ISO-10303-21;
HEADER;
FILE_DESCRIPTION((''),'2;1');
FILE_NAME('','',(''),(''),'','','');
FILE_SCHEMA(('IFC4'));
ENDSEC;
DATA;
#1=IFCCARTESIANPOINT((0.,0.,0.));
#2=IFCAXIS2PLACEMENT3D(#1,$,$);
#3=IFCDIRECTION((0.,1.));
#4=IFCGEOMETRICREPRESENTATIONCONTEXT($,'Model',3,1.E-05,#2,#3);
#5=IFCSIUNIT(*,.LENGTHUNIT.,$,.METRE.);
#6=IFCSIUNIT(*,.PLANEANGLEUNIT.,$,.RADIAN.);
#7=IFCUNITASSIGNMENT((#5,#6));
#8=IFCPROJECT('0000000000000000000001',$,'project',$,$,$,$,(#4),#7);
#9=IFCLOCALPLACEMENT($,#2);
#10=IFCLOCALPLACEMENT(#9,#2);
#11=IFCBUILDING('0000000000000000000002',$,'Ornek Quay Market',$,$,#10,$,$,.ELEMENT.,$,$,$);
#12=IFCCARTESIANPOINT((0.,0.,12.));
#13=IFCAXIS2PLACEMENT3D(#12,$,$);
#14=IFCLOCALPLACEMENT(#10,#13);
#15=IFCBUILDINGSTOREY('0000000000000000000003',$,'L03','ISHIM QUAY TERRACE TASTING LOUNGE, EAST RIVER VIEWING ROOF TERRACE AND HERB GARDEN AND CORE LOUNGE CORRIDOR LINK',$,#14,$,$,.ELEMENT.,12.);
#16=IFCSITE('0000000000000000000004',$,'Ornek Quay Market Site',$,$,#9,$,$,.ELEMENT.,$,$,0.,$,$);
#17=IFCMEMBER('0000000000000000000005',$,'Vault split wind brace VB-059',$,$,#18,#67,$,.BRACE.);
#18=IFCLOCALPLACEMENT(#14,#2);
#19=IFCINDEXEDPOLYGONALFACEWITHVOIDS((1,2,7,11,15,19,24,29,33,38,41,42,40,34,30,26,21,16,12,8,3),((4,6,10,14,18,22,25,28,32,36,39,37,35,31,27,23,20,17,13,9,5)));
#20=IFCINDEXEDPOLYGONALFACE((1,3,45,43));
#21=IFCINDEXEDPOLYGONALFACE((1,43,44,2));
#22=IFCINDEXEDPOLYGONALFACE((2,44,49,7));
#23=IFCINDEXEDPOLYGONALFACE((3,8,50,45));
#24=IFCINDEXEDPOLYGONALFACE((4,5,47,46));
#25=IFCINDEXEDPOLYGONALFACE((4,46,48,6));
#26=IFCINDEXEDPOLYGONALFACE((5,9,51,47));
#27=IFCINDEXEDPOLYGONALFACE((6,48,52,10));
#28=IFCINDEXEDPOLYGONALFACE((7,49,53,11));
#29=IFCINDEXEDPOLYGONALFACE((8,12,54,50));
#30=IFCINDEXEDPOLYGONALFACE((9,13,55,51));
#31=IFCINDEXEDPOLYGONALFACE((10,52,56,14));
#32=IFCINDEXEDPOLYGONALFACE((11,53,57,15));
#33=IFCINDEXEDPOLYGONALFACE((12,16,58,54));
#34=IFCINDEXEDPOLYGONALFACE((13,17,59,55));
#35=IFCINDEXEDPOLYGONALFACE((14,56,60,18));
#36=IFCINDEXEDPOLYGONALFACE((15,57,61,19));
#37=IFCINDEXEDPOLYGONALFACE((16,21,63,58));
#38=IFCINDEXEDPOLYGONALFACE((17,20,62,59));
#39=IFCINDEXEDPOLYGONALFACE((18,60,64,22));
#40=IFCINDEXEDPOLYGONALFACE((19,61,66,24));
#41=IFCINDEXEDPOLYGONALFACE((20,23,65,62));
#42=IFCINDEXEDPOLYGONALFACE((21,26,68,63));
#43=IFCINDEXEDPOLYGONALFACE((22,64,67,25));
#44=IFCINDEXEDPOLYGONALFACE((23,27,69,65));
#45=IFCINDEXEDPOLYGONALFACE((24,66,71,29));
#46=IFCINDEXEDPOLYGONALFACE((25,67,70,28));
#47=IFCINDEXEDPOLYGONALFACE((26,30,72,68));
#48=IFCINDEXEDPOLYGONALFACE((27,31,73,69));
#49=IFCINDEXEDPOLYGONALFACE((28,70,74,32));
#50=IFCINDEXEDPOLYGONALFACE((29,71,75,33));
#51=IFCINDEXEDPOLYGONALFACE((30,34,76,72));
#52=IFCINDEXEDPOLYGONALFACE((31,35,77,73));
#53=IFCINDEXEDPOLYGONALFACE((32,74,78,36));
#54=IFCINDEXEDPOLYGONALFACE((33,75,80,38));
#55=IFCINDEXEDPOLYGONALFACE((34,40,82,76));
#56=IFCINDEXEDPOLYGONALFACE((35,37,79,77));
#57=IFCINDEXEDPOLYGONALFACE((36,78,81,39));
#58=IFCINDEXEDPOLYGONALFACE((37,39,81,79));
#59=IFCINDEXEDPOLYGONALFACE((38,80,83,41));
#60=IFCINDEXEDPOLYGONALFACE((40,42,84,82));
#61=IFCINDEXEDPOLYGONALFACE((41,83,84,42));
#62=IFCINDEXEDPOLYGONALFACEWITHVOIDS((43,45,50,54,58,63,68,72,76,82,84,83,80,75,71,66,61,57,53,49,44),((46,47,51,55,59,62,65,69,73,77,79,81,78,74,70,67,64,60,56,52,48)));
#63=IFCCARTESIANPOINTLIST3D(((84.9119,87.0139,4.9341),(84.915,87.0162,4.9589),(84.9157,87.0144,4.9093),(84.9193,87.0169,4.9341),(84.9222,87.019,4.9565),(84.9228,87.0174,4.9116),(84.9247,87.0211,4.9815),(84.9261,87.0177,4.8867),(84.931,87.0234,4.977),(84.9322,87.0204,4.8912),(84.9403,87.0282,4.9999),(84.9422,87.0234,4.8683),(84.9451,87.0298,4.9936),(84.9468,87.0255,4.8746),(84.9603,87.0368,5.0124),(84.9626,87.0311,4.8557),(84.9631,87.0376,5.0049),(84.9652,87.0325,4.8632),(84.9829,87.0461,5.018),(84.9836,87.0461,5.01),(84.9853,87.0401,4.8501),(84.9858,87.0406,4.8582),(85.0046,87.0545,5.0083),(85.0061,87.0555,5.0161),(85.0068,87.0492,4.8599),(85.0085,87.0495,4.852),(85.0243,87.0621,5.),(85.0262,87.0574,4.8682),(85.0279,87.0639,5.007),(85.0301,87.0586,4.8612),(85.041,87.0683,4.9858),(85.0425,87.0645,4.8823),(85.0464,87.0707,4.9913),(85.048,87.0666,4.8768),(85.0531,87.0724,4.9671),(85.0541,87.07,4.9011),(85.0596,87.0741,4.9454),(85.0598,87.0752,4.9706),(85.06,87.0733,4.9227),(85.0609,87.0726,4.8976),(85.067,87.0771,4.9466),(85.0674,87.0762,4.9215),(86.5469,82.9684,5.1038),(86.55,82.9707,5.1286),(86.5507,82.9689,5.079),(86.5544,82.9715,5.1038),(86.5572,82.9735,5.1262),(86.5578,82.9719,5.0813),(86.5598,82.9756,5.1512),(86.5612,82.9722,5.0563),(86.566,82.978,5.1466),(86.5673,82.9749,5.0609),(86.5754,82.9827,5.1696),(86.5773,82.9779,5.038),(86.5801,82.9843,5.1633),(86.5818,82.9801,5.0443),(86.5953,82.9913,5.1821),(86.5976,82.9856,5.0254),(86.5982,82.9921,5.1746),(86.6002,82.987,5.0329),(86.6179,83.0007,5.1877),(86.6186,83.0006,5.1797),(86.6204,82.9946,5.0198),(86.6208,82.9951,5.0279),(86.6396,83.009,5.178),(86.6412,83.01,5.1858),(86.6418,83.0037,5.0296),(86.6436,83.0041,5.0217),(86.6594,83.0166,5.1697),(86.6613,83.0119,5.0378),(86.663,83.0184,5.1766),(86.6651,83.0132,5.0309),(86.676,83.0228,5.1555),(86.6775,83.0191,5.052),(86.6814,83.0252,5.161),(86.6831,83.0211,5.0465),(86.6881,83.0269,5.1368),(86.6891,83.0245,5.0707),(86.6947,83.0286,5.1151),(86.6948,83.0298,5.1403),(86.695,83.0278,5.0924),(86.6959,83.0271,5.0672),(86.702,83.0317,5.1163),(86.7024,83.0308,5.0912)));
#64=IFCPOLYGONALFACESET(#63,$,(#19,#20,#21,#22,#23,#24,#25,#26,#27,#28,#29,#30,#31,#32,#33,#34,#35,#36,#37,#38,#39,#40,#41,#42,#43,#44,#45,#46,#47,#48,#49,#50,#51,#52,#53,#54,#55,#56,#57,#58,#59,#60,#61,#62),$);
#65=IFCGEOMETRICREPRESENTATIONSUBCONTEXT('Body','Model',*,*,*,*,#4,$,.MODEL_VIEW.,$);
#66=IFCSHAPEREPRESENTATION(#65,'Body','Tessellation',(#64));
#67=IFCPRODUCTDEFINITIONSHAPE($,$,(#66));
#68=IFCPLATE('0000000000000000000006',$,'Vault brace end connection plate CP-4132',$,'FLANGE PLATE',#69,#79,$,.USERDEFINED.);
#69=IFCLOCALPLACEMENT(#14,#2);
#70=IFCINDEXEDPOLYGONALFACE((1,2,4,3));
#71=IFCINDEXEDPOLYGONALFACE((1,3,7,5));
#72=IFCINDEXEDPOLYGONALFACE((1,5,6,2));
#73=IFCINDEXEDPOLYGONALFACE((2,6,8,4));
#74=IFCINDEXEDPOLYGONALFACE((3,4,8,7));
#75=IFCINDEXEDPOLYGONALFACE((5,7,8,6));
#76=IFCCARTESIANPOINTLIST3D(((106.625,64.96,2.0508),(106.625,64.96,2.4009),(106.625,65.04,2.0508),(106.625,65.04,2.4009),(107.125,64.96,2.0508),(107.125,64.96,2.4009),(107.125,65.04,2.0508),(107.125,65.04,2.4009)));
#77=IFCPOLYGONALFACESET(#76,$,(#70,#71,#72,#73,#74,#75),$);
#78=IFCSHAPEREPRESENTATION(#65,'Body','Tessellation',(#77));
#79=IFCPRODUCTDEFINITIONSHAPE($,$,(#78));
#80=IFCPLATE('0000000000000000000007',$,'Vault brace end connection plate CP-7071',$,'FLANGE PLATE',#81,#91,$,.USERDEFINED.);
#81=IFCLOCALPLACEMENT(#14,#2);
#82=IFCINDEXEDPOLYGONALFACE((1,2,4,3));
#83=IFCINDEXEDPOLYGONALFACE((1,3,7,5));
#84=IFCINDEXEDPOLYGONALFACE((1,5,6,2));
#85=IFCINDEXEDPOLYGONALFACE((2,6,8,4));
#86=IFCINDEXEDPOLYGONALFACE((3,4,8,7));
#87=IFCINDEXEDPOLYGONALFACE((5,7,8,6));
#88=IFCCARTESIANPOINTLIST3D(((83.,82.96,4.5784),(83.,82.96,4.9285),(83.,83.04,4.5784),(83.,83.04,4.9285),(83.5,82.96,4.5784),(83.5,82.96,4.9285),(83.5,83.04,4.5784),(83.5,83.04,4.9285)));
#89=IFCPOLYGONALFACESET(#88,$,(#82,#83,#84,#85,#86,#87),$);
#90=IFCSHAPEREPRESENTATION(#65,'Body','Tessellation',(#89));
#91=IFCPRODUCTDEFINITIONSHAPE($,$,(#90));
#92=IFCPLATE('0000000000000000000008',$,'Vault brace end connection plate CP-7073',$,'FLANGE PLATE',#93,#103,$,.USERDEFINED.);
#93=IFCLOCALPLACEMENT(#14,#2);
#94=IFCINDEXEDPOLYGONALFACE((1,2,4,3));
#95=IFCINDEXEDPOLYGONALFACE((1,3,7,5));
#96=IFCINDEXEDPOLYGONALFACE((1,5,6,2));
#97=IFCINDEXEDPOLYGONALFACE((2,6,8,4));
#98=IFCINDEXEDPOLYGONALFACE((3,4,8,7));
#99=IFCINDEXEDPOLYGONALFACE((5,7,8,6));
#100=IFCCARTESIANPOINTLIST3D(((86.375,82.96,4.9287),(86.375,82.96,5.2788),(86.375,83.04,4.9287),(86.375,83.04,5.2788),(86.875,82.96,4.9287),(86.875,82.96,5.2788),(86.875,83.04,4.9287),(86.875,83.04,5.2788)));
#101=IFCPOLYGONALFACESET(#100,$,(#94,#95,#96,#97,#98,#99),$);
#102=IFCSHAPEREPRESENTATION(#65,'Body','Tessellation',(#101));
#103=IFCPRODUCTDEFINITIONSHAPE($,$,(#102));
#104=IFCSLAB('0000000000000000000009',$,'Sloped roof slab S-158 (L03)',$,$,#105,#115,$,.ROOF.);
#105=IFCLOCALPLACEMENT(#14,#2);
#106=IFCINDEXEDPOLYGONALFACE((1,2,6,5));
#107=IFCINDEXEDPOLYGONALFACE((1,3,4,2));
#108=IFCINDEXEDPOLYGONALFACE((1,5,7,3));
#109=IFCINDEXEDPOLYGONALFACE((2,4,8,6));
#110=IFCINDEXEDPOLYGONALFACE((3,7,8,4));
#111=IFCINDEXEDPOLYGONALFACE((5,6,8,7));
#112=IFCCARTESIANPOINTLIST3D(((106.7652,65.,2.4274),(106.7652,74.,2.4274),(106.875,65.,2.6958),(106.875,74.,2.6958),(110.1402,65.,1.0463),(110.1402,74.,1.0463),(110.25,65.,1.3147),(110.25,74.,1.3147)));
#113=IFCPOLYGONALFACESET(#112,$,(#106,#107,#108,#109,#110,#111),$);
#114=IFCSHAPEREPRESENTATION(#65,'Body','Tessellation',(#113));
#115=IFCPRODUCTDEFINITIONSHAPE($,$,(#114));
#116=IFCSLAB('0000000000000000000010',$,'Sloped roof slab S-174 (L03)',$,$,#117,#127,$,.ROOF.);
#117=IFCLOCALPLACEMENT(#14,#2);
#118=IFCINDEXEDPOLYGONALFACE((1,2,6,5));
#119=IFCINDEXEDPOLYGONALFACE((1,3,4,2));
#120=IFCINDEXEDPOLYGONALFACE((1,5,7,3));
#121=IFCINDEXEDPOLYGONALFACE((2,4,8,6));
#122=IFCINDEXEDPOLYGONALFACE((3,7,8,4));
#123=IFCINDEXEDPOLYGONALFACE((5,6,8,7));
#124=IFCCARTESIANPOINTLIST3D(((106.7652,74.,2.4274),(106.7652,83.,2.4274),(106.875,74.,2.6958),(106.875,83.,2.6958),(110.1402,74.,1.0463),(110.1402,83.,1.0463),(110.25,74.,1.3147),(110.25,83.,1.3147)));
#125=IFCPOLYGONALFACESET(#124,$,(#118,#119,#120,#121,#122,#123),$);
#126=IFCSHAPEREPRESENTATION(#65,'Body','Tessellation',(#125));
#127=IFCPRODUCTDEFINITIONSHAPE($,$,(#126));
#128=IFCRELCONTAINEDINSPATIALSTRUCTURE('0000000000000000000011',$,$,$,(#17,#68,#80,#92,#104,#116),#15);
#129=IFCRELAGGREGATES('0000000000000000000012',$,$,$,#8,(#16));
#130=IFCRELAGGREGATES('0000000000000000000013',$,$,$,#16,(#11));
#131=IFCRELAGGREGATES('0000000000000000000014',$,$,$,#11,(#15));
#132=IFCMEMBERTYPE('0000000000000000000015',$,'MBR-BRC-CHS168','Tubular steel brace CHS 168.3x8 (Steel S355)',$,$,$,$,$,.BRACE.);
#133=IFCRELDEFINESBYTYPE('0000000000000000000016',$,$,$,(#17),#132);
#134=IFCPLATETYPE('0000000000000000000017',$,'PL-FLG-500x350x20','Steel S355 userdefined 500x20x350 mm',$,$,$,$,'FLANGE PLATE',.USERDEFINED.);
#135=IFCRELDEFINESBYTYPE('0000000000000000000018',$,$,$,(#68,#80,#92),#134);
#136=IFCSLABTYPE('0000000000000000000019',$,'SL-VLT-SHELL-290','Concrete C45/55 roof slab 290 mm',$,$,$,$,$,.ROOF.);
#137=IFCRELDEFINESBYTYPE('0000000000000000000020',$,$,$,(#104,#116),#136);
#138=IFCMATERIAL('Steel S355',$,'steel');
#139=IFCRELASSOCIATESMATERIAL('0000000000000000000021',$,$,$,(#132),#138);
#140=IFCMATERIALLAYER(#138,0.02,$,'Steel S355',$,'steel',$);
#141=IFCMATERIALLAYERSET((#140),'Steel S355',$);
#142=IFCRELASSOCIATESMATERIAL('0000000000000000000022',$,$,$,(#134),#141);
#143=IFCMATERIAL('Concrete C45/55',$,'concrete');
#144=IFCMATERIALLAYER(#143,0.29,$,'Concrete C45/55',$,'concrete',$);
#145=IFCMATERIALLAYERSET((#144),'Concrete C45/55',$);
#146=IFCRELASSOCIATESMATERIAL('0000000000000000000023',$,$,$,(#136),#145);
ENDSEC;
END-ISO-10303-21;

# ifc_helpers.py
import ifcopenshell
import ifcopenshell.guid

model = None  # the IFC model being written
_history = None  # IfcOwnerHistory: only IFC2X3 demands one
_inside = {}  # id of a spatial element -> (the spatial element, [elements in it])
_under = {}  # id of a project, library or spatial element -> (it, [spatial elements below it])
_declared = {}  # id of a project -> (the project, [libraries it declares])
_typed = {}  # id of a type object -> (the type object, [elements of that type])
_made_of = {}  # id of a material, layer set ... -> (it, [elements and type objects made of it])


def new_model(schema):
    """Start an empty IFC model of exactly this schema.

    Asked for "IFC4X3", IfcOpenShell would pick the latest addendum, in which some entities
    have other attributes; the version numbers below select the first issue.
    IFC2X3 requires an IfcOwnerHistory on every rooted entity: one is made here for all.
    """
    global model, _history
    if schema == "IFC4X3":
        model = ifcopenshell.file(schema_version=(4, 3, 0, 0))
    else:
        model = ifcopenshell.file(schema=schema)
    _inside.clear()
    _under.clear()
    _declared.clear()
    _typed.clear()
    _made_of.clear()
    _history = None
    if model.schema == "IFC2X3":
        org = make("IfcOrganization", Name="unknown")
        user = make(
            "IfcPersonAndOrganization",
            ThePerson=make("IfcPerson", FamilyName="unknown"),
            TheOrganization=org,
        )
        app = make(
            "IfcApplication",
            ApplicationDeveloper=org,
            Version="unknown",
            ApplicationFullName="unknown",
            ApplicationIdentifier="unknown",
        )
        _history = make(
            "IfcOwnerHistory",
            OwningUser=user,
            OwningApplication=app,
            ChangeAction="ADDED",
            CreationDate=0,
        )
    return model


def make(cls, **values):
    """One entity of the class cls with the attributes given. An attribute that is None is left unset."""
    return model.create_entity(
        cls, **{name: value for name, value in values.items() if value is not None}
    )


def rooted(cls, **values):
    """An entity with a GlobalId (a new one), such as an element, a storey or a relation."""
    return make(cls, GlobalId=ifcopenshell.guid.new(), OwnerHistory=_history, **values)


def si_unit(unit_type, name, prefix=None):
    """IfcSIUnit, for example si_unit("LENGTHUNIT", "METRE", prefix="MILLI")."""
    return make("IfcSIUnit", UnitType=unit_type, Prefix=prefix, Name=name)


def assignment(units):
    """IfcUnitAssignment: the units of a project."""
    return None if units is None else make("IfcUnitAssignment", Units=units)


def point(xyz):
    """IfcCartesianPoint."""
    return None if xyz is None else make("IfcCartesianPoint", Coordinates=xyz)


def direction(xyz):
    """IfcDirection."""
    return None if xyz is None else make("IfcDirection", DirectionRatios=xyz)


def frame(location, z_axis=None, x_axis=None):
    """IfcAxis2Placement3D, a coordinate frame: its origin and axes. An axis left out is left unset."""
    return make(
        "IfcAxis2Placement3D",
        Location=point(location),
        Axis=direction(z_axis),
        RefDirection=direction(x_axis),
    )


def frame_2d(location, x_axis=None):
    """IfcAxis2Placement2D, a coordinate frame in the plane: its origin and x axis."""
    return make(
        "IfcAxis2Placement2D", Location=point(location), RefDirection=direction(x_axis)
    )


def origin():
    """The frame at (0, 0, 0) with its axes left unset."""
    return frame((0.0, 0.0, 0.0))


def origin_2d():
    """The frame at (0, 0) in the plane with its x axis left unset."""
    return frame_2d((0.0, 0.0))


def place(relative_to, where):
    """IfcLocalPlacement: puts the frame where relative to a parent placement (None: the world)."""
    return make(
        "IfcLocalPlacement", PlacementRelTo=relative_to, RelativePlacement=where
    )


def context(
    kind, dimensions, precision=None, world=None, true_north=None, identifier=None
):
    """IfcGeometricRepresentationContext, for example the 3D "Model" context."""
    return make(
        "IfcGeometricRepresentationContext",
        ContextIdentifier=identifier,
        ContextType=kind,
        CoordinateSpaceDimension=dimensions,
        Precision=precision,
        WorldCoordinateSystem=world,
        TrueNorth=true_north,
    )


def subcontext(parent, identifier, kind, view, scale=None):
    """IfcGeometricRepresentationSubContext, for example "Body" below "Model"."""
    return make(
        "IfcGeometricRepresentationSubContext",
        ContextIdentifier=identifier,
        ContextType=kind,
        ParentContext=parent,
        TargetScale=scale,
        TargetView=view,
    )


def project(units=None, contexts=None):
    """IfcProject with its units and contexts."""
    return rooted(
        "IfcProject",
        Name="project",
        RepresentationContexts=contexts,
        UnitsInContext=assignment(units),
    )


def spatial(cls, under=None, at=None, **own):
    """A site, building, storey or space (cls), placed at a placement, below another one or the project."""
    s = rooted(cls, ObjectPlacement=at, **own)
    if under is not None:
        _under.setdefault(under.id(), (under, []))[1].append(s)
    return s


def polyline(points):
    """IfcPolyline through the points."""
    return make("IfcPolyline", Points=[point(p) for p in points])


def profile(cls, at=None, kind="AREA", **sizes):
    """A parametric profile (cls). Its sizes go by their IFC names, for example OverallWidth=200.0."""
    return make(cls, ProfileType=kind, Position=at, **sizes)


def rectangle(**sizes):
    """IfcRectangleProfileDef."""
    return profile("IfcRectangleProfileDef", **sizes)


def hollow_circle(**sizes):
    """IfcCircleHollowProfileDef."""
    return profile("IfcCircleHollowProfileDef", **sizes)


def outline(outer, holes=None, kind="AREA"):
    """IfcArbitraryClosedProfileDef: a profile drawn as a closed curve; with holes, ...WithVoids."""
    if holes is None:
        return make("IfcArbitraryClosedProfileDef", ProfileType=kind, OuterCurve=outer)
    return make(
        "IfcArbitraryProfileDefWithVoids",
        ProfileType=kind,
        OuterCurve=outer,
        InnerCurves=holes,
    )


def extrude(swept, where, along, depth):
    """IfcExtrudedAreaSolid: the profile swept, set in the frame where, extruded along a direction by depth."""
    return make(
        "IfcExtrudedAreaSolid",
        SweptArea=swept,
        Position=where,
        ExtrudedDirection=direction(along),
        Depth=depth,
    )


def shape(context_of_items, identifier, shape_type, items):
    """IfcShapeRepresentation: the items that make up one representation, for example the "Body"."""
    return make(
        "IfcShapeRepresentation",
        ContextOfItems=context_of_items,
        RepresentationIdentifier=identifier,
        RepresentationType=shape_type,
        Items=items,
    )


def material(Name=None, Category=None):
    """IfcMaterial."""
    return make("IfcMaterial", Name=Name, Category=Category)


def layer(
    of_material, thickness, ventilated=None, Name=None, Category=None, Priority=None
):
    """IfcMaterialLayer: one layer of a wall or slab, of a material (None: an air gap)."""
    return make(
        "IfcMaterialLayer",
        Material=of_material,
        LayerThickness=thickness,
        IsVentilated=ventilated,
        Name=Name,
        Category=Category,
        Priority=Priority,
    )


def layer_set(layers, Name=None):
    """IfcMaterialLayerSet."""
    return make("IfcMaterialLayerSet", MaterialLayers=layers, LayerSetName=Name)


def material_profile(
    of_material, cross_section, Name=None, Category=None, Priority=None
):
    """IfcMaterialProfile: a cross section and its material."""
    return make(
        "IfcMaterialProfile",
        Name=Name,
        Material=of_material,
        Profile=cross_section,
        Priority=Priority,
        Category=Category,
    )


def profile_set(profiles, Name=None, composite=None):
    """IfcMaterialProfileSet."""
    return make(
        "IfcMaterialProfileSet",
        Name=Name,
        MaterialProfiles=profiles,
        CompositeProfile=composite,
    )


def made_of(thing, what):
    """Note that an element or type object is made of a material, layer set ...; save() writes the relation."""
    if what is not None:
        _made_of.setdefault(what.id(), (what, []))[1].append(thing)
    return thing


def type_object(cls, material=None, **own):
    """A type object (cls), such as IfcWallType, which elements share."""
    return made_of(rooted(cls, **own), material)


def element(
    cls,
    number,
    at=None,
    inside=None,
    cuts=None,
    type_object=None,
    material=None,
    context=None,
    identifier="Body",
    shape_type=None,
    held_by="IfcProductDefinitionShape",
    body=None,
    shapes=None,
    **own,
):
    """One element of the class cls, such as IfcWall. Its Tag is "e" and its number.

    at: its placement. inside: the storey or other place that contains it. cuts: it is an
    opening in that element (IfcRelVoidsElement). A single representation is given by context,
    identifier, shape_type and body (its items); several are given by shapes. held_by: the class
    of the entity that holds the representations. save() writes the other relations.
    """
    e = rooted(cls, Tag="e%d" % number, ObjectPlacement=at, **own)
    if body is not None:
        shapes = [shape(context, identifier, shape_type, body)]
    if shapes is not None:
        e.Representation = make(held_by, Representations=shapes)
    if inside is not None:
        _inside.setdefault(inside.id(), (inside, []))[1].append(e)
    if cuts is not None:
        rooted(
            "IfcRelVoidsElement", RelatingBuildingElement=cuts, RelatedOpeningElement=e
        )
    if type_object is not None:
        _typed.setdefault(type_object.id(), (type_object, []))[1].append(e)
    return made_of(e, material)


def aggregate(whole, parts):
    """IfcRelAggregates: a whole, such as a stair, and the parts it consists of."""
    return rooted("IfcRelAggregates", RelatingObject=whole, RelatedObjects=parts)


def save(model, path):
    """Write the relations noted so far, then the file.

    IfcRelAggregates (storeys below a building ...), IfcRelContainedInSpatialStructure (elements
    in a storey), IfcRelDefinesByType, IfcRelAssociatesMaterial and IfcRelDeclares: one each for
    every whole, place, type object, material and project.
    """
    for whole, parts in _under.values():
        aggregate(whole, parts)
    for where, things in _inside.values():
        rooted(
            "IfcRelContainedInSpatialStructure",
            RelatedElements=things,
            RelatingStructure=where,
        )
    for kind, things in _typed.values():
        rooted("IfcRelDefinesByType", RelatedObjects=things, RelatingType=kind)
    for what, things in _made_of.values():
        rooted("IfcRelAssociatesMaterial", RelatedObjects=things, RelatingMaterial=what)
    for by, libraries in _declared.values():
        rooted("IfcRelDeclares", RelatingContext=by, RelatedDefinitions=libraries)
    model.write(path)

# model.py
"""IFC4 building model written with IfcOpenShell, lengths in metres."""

from ifc_helpers import new_model, si_unit, direction, frame, origin, origin_2d, place, context, subcontext, project, spatial, polyline, rectangle, hollow_circle, outline, extrude, material, layer, layer_set, material_profile, profile_set, type_object, element, save


model = new_model("IFC4")

# Units and contexts
model_context = context("Model", 3, precision=1e-05, world=origin(), true_north=direction((0.0, 1.0)))
body_context = subcontext(model_context, "Body", "Model", "MODEL_VIEW")
ifc_project = project(units=[si_unit("LENGTHUNIT", "METRE"), si_unit("PLANEANGLEUNIT", "RADIAN")], contexts=[model_context])

# Site, building, storey
site_placement = place(None, origin())
site = spatial("IfcSite", under=ifc_project, at=site_placement, Name="Ornek Quay Market Site", CompositionType="ELEMENT", RefElevation=0.0)
building_placement = place(site_placement, origin())
building = spatial("IfcBuilding", under=site, at=building_placement, Name="Ornek Quay Market", CompositionType="ELEMENT")
storey_placement = place(building_placement, frame((0.0, 0.0, 12.0)))
storey = spatial("IfcBuildingStorey", under=building, at=storey_placement, Name="L03", Description="ISHIM QUAY TERRACE TASTING LOUNGE, EAST RIVER VIEWING ROOF TERRACE AND HERB GARDEN AND CORE LOUNGE CORRIDOR LINK", CompositionType="ELEMENT", Elevation=12.0)

# Shared definitions
ifc_material_1 = material(Name="Concrete C45/55", Category="concrete")
ifc_material_2 = material(Name="Steel S355", Category="steel")

# Member
ifc_material_profile_1 = material_profile(ifc_material_2, hollow_circle(Radius=0.0842, WallThickness=0.0081, at=origin_2d()), Name="CHS 168.3x8", Category="steel")
ifc_profile_set_1 = profile_set([ifc_material_profile_1], Name="Steel S355")
member_type = type_object("IfcMemberType", Name="MBR-BRC-CHS168", Description="Tubular steel brace CHS 168.3x8 (Steel S355)", PredefinedType="BRACE", material=ifc_profile_set_1)
member_1_placement = place(storey_placement, frame((86.625, 83.0, 5.1038), z_axis=(-0.374434, 0.926439, -0.038858), x_axis=(-0.927139, -0.374717, 0.0)))
element("IfcMember", 1, at=member_1_placement, inside=storey, type_object=member_type, Name="Vault split wind brace VB-059", PredefinedType="BRACE", context=body_context, shape_type="SweptSolid", body=[
    extrude(hollow_circle(Radius=0.0842, WallThickness=0.0081, at=origin_2d()), origin(), (0.0, 0.0, 1.0), 4.3667),
])

# Plates
ifc_layer_1 = layer(ifc_material_2, 0.02, Name="Steel S355", Category="steel")
ifc_layer_set_1 = layer_set([ifc_layer_1], Name="Steel S355")
plate_type = type_object("IfcPlateType", Name="PL-FLG-500x350x20", Description="Steel S355 userdefined 500x20x350 mm", ElementType="FLANGE PLATE", PredefinedType="USERDEFINED", material=ifc_layer_set_1)
for number, where, z_axis, x_axis, name in (
    (2, (106.875, 65.0, 2.0508), (0.0, 0.0, 1.0), (1.0, 0.0, 0.0), "Vault brace end connection plate CP-4132"),
    (3, (83.25, 83.0, 4.5784), (0.0, 0.0, 1.0), (1.0, 0.0, 0.0), "Vault brace end connection plate CP-7071"),
    (4, (86.625, 83.0, 4.9287), (0.0, 0.0, 1.0), (1.0, 0.0, 0.0), "Vault brace end connection plate CP-7073"),
):
    element("IfcPlate", number, at=place(storey_placement, frame(where, z_axis=z_axis, x_axis=x_axis)), inside=storey, type_object=plate_type, Name=name, ObjectType="FLANGE PLATE", PredefinedType="USERDEFINED", context=body_context, shape_type="SweptSolid", body=[
        extrude(rectangle(XDim=0.5, YDim=0.0801, at=origin_2d()), origin(), (0.0, 0.0, 1.0), 0.3501),
    ])

# Slabs
ifc_layer_2 = layer(ifc_material_1, 0.29, Name="Concrete C45/55", Category="concrete")
ifc_layer_set_2 = layer_set([ifc_layer_2], Name="Concrete C45/55")
slab_type = type_object("IfcSlabType", Name="SL-VLT-SHELL-290", Description="Concrete C45/55 roof slab 290 mm", PredefinedType="ROOF", material=ifc_layer_set_2)
for number, where, z_axis, x_axis, name in (
    (5, (106.875, 65.0, 2.6958), (0.378732, 0.0, 0.925506), (0.925506, 0.0, -0.378732), "Sloped roof slab S-158 (L03)"),
    (6, (106.875, 74.0, 2.6958), (0.378732, 0.0, 0.925506), (0.925506, 0.0, -0.378732), "Sloped roof slab S-174 (L03)"),
):
    element("IfcSlab", number, at=place(storey_placement, frame(where, z_axis=z_axis, x_axis=x_axis)), inside=storey, type_object=slab_type, Name=name, PredefinedType="ROOF", context=body_context, shape_type="SweptSolid", body=[
        extrude(outline(polyline([(0.0, 0.0), (3.6467, 0.0), (3.6467, 9.0), (0.0, 9.0), (0.0, 0.0)])), origin(), (0.0, 0.0, -1.0), 0.29),
    ])

save(model, "model.ifc")
